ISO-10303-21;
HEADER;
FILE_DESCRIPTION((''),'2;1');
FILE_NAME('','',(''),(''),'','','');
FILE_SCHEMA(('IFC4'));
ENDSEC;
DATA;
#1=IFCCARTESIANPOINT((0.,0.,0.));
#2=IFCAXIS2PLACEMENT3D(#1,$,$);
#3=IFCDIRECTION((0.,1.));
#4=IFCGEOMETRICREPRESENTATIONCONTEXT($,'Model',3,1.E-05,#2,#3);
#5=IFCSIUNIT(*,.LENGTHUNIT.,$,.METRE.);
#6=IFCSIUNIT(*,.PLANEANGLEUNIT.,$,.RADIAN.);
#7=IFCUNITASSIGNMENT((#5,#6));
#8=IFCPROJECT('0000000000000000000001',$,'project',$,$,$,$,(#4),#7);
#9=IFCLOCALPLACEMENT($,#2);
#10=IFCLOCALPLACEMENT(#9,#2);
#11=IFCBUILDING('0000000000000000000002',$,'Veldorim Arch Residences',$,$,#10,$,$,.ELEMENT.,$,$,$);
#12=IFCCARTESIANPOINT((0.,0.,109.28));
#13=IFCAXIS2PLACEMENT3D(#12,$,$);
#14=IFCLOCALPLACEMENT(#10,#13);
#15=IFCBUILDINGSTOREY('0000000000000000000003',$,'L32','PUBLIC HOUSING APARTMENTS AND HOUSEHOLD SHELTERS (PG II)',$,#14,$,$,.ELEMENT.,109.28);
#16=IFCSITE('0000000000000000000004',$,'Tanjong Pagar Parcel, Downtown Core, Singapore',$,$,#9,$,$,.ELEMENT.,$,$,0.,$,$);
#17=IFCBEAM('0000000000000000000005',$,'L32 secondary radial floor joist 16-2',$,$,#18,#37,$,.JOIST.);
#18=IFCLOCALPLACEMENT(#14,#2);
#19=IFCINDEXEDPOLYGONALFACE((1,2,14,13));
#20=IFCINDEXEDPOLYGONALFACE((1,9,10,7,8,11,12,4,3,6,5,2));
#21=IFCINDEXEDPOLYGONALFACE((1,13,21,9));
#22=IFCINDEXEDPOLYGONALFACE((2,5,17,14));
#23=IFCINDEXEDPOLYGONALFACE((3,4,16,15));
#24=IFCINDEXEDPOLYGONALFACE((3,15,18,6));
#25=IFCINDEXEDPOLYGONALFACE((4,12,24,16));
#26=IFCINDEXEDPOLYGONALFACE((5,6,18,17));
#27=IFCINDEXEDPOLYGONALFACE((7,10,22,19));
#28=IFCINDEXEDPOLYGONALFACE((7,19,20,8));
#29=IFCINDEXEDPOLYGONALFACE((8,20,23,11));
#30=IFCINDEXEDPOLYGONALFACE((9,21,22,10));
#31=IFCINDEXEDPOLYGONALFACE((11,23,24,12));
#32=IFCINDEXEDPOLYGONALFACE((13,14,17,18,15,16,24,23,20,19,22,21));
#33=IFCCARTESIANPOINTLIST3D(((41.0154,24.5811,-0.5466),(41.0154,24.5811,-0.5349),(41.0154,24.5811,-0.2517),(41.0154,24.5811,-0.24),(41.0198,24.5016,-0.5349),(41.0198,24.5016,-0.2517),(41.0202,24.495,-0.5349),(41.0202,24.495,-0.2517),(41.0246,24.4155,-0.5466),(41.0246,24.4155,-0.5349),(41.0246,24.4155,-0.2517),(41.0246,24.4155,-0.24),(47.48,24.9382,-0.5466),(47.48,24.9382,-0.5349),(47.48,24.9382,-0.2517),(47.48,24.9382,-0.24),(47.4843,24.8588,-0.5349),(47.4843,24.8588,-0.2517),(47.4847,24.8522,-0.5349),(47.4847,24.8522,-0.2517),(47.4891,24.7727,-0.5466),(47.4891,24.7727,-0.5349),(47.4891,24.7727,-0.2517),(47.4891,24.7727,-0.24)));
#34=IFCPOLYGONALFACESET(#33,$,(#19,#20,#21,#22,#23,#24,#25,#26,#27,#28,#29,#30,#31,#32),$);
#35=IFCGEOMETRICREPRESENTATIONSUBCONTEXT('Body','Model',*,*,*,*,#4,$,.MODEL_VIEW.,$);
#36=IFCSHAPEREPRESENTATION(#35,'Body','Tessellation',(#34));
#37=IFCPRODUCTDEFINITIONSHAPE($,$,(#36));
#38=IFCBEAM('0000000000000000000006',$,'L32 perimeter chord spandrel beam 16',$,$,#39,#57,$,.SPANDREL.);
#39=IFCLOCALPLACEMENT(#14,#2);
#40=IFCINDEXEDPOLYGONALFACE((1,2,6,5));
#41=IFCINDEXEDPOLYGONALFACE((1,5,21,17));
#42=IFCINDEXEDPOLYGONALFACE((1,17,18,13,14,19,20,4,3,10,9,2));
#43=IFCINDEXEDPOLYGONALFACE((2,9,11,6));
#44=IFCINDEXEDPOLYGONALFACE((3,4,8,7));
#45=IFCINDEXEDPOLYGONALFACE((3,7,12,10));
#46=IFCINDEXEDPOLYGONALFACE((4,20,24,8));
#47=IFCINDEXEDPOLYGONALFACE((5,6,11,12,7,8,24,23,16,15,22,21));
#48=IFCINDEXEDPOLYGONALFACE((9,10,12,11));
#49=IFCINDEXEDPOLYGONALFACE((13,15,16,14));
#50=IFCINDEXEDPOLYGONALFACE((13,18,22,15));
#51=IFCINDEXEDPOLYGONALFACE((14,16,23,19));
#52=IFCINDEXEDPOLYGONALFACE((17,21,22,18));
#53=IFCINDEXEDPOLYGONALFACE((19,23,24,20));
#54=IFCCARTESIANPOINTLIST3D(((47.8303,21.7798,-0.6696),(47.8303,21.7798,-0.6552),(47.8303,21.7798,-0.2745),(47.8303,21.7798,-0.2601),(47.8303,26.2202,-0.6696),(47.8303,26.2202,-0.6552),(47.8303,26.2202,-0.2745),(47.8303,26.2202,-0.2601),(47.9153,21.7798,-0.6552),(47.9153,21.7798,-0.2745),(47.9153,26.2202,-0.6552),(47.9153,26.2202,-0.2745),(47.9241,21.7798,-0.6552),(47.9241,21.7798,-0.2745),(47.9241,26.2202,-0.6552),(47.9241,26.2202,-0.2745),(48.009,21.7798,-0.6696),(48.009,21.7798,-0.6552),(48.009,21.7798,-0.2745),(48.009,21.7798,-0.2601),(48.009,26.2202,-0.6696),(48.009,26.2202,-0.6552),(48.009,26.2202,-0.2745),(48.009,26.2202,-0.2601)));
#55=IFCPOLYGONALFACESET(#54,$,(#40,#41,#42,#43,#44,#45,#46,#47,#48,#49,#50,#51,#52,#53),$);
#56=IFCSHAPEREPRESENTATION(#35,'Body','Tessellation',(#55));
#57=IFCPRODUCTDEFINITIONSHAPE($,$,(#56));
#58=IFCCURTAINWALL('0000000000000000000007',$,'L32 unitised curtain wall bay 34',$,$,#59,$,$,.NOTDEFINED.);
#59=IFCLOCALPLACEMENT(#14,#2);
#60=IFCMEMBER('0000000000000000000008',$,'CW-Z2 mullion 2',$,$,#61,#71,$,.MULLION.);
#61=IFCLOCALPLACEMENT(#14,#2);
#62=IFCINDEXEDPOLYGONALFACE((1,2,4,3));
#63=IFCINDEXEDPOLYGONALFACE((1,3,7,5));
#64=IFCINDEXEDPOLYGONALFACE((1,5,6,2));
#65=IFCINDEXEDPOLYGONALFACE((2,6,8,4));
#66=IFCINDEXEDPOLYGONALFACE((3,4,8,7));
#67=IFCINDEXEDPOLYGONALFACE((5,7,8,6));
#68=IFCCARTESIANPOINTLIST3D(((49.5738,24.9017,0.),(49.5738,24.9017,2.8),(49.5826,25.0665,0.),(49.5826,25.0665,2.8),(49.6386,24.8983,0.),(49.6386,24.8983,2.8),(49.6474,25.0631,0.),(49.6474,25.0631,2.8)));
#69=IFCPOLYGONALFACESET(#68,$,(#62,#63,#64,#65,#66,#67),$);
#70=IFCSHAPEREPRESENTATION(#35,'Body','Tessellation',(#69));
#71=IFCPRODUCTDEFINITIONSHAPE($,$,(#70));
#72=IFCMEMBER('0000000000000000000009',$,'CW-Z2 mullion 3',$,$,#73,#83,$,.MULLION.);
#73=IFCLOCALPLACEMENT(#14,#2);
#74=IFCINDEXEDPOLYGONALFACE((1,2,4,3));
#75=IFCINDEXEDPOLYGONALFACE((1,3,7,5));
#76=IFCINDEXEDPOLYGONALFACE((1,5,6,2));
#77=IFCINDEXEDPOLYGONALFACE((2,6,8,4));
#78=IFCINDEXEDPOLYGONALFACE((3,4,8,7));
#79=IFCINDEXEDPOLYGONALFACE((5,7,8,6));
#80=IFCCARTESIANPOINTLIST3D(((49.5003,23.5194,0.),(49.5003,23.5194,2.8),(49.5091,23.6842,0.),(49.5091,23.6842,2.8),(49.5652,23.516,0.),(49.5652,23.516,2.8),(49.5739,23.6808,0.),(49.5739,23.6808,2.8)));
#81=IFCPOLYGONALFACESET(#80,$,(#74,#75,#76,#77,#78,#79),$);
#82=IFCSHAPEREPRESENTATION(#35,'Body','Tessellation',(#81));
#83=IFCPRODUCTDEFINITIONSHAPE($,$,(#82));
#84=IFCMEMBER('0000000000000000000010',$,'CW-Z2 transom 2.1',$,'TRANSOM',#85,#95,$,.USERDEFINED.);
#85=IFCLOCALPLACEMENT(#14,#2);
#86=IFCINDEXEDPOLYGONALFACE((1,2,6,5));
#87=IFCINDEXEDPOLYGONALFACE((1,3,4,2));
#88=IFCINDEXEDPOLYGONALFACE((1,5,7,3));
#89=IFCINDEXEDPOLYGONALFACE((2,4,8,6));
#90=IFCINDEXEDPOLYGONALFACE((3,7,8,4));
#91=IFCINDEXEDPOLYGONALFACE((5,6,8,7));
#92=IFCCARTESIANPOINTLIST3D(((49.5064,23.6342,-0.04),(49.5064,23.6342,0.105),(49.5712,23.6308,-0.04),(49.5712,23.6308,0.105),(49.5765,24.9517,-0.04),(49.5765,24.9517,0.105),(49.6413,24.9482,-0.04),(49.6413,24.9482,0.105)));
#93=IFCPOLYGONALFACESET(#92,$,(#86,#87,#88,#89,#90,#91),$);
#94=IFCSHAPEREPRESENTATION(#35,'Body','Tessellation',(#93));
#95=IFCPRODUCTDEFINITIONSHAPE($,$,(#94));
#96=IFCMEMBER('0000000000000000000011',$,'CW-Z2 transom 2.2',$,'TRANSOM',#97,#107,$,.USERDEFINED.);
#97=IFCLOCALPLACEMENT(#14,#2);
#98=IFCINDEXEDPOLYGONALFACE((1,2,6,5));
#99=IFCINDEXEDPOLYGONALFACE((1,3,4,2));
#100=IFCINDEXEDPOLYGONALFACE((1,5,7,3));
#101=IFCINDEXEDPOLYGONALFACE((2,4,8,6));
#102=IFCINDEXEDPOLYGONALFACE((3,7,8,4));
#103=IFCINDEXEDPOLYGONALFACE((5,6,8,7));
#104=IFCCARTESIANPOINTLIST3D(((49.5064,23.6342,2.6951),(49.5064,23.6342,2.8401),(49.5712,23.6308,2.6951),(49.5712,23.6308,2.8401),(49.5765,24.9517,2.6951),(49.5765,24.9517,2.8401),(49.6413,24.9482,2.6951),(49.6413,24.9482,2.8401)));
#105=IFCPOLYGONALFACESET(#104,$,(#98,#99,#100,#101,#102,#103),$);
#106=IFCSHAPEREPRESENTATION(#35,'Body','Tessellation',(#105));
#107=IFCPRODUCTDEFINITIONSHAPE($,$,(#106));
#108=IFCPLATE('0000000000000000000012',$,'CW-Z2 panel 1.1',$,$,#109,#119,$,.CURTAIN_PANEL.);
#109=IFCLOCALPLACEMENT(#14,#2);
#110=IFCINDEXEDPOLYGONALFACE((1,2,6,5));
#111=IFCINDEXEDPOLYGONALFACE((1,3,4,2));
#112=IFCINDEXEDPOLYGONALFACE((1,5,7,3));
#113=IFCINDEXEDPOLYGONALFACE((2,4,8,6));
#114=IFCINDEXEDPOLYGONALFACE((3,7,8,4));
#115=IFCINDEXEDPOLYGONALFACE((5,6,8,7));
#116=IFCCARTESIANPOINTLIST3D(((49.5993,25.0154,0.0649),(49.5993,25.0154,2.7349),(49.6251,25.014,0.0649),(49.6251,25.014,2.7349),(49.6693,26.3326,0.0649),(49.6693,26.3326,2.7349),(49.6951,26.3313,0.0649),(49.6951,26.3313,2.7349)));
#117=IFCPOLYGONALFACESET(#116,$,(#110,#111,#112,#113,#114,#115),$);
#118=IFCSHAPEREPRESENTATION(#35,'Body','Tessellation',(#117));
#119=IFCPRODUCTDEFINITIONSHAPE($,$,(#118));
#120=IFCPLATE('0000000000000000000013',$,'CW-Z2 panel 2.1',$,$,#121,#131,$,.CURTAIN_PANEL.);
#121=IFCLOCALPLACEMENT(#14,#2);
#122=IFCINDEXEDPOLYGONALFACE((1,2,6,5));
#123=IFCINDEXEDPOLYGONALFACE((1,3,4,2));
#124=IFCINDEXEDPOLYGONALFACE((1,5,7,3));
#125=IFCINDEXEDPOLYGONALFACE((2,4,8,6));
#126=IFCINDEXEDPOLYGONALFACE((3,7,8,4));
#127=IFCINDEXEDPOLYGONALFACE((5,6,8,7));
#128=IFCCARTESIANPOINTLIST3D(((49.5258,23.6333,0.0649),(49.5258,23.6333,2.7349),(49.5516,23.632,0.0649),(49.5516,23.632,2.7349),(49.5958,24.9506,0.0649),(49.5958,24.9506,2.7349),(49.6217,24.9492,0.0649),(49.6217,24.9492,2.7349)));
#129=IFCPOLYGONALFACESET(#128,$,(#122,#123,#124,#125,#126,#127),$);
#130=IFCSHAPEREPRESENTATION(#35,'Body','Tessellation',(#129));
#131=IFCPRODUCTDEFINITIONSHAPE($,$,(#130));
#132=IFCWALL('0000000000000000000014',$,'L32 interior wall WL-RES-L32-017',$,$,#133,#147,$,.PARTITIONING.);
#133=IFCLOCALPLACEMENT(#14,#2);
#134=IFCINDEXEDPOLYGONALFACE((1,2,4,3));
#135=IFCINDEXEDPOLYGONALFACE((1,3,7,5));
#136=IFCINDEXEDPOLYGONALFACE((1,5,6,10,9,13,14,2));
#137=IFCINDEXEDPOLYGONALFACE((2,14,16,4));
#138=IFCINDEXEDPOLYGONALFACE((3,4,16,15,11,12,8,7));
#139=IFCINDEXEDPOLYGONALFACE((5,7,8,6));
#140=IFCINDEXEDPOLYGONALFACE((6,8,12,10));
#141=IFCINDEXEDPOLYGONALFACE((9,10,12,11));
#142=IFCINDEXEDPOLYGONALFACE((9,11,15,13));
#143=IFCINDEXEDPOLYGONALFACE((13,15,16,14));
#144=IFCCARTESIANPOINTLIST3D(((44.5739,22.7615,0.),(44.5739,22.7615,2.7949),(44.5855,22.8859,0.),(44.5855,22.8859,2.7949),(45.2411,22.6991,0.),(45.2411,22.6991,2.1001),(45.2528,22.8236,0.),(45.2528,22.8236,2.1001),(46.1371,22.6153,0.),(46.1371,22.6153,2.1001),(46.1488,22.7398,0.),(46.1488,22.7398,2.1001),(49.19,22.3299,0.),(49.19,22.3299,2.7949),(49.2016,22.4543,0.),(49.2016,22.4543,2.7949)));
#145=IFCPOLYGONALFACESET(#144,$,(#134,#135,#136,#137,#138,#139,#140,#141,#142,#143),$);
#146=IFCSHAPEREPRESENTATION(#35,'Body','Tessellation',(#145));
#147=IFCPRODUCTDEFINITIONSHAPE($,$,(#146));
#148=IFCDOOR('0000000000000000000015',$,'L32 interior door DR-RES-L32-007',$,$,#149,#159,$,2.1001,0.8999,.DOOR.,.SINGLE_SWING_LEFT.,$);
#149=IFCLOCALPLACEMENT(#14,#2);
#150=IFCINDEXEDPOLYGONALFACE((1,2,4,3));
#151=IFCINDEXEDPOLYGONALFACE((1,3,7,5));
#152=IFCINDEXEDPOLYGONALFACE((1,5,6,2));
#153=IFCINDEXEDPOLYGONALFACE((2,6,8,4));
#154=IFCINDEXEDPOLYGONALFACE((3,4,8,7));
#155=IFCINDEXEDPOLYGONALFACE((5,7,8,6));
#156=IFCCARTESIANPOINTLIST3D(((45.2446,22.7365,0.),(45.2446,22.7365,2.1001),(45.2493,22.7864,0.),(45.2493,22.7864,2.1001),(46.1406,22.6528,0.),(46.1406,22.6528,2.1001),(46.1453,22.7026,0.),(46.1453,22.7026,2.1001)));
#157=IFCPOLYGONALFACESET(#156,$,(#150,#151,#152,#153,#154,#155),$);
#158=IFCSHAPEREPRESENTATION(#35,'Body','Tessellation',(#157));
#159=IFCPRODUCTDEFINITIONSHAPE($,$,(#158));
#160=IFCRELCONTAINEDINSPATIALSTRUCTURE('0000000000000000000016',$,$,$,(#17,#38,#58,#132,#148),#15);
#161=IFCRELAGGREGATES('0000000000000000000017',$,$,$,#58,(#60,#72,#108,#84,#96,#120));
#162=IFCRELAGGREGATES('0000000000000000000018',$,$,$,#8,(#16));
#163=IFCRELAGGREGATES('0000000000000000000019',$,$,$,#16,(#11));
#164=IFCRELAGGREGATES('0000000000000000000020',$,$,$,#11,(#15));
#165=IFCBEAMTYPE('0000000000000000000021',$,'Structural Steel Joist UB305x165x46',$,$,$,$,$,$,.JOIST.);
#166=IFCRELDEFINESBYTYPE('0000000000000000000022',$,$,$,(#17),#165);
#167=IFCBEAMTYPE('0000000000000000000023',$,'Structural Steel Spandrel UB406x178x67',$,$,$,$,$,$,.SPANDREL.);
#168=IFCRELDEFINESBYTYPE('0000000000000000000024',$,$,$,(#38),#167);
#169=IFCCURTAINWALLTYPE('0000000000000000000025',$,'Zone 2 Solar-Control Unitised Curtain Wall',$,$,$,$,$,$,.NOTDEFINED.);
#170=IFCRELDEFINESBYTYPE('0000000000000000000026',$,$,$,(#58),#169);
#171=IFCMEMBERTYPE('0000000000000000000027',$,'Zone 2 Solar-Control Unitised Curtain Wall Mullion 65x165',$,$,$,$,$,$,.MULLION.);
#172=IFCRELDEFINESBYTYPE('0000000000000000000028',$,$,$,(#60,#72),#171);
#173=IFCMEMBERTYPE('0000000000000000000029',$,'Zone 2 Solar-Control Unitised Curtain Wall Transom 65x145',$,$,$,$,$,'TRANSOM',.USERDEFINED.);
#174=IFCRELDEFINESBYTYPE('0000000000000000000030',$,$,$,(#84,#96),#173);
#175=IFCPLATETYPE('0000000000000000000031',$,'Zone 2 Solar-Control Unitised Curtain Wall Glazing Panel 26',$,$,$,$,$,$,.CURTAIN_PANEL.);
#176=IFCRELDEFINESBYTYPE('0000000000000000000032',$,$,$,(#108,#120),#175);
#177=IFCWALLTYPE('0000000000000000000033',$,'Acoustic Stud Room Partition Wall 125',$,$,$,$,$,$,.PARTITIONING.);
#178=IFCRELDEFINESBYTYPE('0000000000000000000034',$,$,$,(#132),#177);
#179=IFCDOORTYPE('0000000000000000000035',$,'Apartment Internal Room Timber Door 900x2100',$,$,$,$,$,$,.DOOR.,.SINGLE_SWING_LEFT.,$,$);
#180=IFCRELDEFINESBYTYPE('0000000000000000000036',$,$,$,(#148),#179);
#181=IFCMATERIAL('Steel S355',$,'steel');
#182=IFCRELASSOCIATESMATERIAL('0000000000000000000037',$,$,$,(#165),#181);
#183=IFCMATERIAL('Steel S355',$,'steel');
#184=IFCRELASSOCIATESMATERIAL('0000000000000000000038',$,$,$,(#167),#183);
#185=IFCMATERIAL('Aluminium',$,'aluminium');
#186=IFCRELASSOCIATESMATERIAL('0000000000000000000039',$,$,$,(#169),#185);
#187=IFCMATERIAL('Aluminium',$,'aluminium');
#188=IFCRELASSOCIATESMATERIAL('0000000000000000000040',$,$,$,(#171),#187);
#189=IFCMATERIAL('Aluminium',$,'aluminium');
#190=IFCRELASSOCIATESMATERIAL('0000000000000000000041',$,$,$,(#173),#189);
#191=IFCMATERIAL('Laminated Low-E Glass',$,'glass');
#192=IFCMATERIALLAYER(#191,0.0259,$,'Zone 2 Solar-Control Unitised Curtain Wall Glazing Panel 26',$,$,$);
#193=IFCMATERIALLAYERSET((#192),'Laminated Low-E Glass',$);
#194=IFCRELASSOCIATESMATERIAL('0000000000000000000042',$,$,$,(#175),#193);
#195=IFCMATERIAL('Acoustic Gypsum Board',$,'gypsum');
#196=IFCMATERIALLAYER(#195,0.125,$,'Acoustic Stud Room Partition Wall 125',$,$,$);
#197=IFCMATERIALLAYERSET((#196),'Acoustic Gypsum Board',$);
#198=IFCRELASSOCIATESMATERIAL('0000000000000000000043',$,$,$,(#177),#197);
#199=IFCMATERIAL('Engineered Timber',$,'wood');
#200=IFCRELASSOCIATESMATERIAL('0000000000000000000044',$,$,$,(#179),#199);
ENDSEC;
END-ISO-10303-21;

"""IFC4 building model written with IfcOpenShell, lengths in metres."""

from ifc_helpers import new_model, si_unit, direction, frame, frame_2d, origin, origin_2d, place, context, subcontext, project, spatial, rectangle, i_section, extrude, material, layer, layer_set, material_profile, profile_set, type_object, element, fill, aggregate, save


model = new_model("IFC4")

# Units and contexts
model_context = context("Model", 3, precision=1e-05, world=origin(), true_north=direction((0.0, 1.0)))
body_context = subcontext(model_context, "Body", "Model", "MODEL_VIEW")
ifc_project = project(units=[si_unit("LENGTHUNIT", "METRE"), si_unit("PLANEANGLEUNIT", "RADIAN")], contexts=[model_context])

# Site, building, storey
site_placement = place(None, origin())
site = spatial("IfcSite", under=ifc_project, at=site_placement, Name="Tanjong Pagar Parcel, Downtown Core, Singapore", CompositionType="ELEMENT", RefElevation=0.0)
building_placement = place(site_placement, origin())
building = spatial("IfcBuilding", under=site, at=building_placement, Name="Veldorim Arch Residences", CompositionType="ELEMENT")
storey_placement = place(building_placement, frame((0.0, 0.0, 109.28)))
storey = spatial("IfcBuildingStorey", under=building, at=storey_placement, Name="L32", Description="PUBLIC HOUSING APARTMENTS AND HOUSEHOLD SHELTERS (PG II)", CompositionType="ELEMENT", Elevation=109.28)

# Beams
ifc_material_1 = material(Name="Steel S355", Category="steel")
ifc_material_profile_1 = material_profile(ifc_material_1, i_section(OverallWidth=0.1658, OverallDepth=0.3066, WebThickness=0.0066, FlangeThickness=0.0117, at=origin_2d()), Name="UB305x165x46")
ifc_profile_set_1 = profile_set([ifc_material_profile_1], Name="Steel S355")
beam_type_1 = type_object("IfcBeamType", Name="Structural Steel Joist UB305x165x46", PredefinedType="JOIST", material=ifc_profile_set_1)
for number, where, z_axis, x_axis, name in (
    (1, (41.02, 24.4983, -0.3933), (0.998477, 0.055167, 0.0), (-0.055167, 0.998477, 0.0), "L32 secondary radial floor joist 16-2"),
):
    element("IfcBeam", number, at=place(storey_placement, frame(where, z_axis=z_axis, x_axis=x_axis)), inside=storey, type_object=beam_type_1, Name=name, PredefinedType="JOIST", context=body_context, shape_type="SweptSolid", body=[
        extrude(i_section(OverallWidth=0.1658, OverallDepth=0.3066, WebThickness=0.0066, FlangeThickness=0.0117, at=origin_2d()), origin(), (0.0, 0.0, 1.0), 6.4744),
    ])
ifc_material_2 = material(Name="Steel S355", Category="steel")
ifc_material_profile_2 = material_profile(ifc_material_2, i_section(OverallWidth=0.1787, OverallDepth=0.4094, WebThickness=0.0088, FlangeThickness=0.0144, at=origin_2d()), Name="UB406x178x67")
ifc_profile_set_2 = profile_set([ifc_material_profile_2], Name="Steel S355")
beam_type_2 = type_object("IfcBeamType", Name="Structural Steel Spandrel UB406x178x67", PredefinedType="SPANDREL", material=ifc_profile_set_2)
beam_1_placement = place(storey_placement, frame((47.9197, 21.7798, -0.4648), z_axis=(0.0, 1.0, 0.0), x_axis=(-1.0, 0.0, 0.0)))
element("IfcBeam", 2, at=beam_1_placement, inside=storey, type_object=beam_type_2, Name="L32 perimeter chord spandrel beam 16", PredefinedType="SPANDREL", context=body_context, shape_type="SweptSolid", body=[
    extrude(i_section(OverallWidth=0.1787, OverallDepth=0.4094, WebThickness=0.0088, FlangeThickness=0.0144, at=origin_2d()), origin(), (0.0, 0.0, 1.0), 4.4404),
])

# Curtain wall, members, plates
ifc_material_3 = material(Name="Aluminium", Category="aluminium")
curtain_wall_type = type_object("IfcCurtainWallType", Name="Zone 2 Solar-Control Unitised Curtain Wall", PredefinedType="NOTDEFINED", material=ifc_material_3)
curtain_wall_placement = place(storey_placement, origin())
curtain_wall = element("IfcCurtainWall", 3, at=curtain_wall_placement, inside=storey, type_object=curtain_wall_type, Name="L32 unitised curtain wall bay 34", PredefinedType="NOTDEFINED")
ifc_material_4 = material(Name="Aluminium", Category="aluminium")
ifc_material_profile_3 = material_profile(ifc_material_4, rectangle(XDim=0.0649, YDim=0.165, at=origin_2d()), Name="ALU_MUL_65x165")
ifc_profile_set_3 = profile_set([ifc_material_profile_3], Name="Aluminium")
member_type_1 = type_object("IfcMemberType", Name="Zone 2 Solar-Control Unitised Curtain Wall Mullion 65x165", PredefinedType="MULLION", material=ifc_profile_set_3)
member_1_placement = place(storey_placement, frame((49.6106, 24.9824, 0.0), z_axis=(0.0, 0.0, 1.0), x_axis=(0.99859, -0.053083, 0.0)))
member_1 = element("IfcMember", 4, at=member_1_placement, type_object=member_type_1, Name="CW-Z2 mullion 2", PredefinedType="MULLION", context=body_context, shape_type="SweptSolid", body=[
    extrude(rectangle(XDim=0.0649, YDim=0.165, at=origin_2d()), origin(), (0.0, 0.0, 1.0), 2.8),
])
member_2_placement = place(storey_placement, frame((49.5371, 23.6001, 0.0), z_axis=(0.0, 0.0, 1.0), x_axis=(0.99859, -0.053083, 0.0)))
member_2 = element("IfcMember", 5, at=member_2_placement, type_object=member_type_1, Name="CW-Z2 mullion 3", PredefinedType="MULLION", context=body_context, shape_type="SweptSolid", body=[
    extrude(rectangle(XDim=0.0649, YDim=0.165, at=origin_2d()), origin(), (0.0, 0.0, 1.0), 2.8),
])
ifc_material_5 = material(Name="Aluminium", Category="aluminium")
ifc_material_profile_4 = material_profile(ifc_material_5, rectangle(XDim=0.0649, YDim=0.145, at=origin_2d()), Name="ALU_TRN_65x145")
ifc_profile_set_4 = profile_set([ifc_material_profile_4], Name="Aluminium")
member_type_2 = type_object("IfcMemberType", Name="Zone 2 Solar-Control Unitised Curtain Wall Transom 65x145", ElementType="TRANSOM", PredefinedType="USERDEFINED", material=ifc_profile_set_4)
member_3_placement = place(storey_placement, frame((49.6089, 24.95, 0.0325), z_axis=(-0.053112, -0.998589, 0.0), x_axis=(0.998589, -0.053112, 0.0)))
member_3 = element("IfcMember", 6, at=member_3_placement, type_object=member_type_2, Name="CW-Z2 transom 2.1", ObjectType="TRANSOM", PredefinedType="USERDEFINED", context=body_context, shape_type="SweptSolid", body=[
    extrude(rectangle(XDim=0.0649, YDim=0.145, at=origin_2d()), origin(), (0.0, 0.0, 1.0), 1.3193),
])
member_4_placement = place(storey_placement, frame((49.6089, 24.95, 2.7676), z_axis=(-0.053112, -0.998589, 0.0), x_axis=(0.998589, -0.053112, 0.0)))
member_4 = element("IfcMember", 7, at=member_4_placement, type_object=member_type_2, Name="CW-Z2 transom 2.2", ObjectType="TRANSOM", PredefinedType="USERDEFINED", context=body_context, shape_type="SweptSolid", body=[
    extrude(rectangle(XDim=0.0649, YDim=0.145, at=origin_2d()), origin(), (0.0, 0.0, 1.0), 1.3193),
])
ifc_material_6 = material(Name="Laminated Low-E Glass", Category="glass")
ifc_layer_1 = layer(ifc_material_6, 0.0259, Name="Zone 2 Solar-Control Unitised Curtain Wall Glazing Panel 26")
ifc_layer_set_1 = layer_set([ifc_layer_1], Name="Laminated Low-E Glass")
plate_type = type_object("IfcPlateType", Name="Zone 2 Solar-Control Unitised Curtain Wall Glazing Panel 26", PredefinedType="CURTAIN_PANEL", material=ifc_layer_set_1)
plate_1_placement = place(storey_placement, frame((49.6472, 25.6733, 0.0649), z_axis=(0.0, 0.0, 1.0), x_axis=(-0.053083, -0.99859, 0.0)))
plate_1 = element("IfcPlate", 8, at=plate_1_placement, type_object=plate_type, Name="CW-Z2 panel 1.1", PredefinedType="CURTAIN_PANEL", context=body_context, shape_type="SweptSolid", body=[
    extrude(rectangle(XDim=1.3191, YDim=0.0259, at=origin_2d()), origin(), (0.0, 0.0, 1.0), 2.6699),
])
plate_2_placement = place(storey_placement, frame((49.5737, 24.2913, 0.0649), z_axis=(0.0, 0.0, 1.0), x_axis=(-0.053083, -0.99859, 0.0)))
plate_2 = element("IfcPlate", 9, at=plate_2_placement, type_object=plate_type, Name="CW-Z2 panel 2.1", PredefinedType="CURTAIN_PANEL", context=body_context, shape_type="SweptSolid", body=[
    extrude(rectangle(XDim=1.3191, YDim=0.0259, at=origin_2d()), origin(), (0.0, 0.0, 1.0), 2.6699),
])
aggregate(curtain_wall, [member_1, member_2, plate_1, member_3, member_4, plate_2])

# Wall, opening, door
ifc_material_7 = material(Name="Acoustic Gypsum Board", Category="gypsum")
ifc_layer_2 = layer(ifc_material_7, 0.125, Name="Acoustic Stud Room Partition Wall 125")
ifc_layer_set_2 = layer_set([ifc_layer_2], Name="Acoustic Gypsum Board")
wall_type_1 = type_object("IfcWallType", Name="Acoustic Stud Room Partition Wall 125", PredefinedType="PARTITIONING", material=ifc_layer_set_2)
wall_1_placement = place(storey_placement, frame((49.1958, 22.3921, 0.0), z_axis=(0.0, 0.0, 1.0), x_axis=(-0.995657, 0.093099, 0.0)))
wall_1 = element("IfcWall", 10, at=wall_1_placement, inside=storey, type_object=wall_type_1, Name="L32 interior wall WL-RES-L32-017", PredefinedType="PARTITIONING", context=body_context, shape_type="SweptSolid", body=[
    extrude(rectangle(XDim=4.6362, YDim=0.125, at=frame_2d((2.3181, 0.0))), origin(), (0.0, 0.0, 1.0), 2.7949),
])
opening_1_placement = place(wall_1_placement, frame((3.0662, 0.0, 0.0)))
opening_1 = element("IfcOpeningElement", 11, at=opening_1_placement, cuts=wall_1, PredefinedType="OPENING", context=body_context, shape_type="SweptSolid", body=[
    extrude(rectangle(XDim=0.8999, YDim=2.1001, at=frame_2d((0.45, 1.05))), frame((0.0, 0.0725, 0.0), z_axis=(0.0, -1.0, 0.0), x_axis=(1.0, 0.0, 0.0)), (0.0, 0.0, 1.0), 0.145),
])
ifc_material_8 = material(Name="Engineered Timber", Category="wood")
door_type = type_object("IfcDoorType", Name="Apartment Internal Room Timber Door 900x2100", OperationType="SINGLE_SWING_LEFT", PredefinedType="DOOR", material=ifc_material_8)
door_1_placement = place(opening_1_placement, origin())
door_1 = element("IfcDoor", 12, at=door_1_placement, inside=storey, type_object=door_type, Name="L32 interior door DR-RES-L32-007", OperationType="SINGLE_SWING_LEFT", OverallHeight=2.1001, OverallWidth=0.8999, PredefinedType="DOOR", context=body_context, shape_type="SweptSolid", body=[
    extrude(rectangle(XDim=0.8999, YDim=2.1001, at=frame_2d((0.45, 1.05))), frame((0.0, 0.0249, 0.0), z_axis=(0.0, -1.0, 0.0), x_axis=(1.0, 0.0, 0.0)), (0.0, 0.0, 1.0), 0.05),
])
fill(opening_1, door_1)

save(model, "model.ifc")
